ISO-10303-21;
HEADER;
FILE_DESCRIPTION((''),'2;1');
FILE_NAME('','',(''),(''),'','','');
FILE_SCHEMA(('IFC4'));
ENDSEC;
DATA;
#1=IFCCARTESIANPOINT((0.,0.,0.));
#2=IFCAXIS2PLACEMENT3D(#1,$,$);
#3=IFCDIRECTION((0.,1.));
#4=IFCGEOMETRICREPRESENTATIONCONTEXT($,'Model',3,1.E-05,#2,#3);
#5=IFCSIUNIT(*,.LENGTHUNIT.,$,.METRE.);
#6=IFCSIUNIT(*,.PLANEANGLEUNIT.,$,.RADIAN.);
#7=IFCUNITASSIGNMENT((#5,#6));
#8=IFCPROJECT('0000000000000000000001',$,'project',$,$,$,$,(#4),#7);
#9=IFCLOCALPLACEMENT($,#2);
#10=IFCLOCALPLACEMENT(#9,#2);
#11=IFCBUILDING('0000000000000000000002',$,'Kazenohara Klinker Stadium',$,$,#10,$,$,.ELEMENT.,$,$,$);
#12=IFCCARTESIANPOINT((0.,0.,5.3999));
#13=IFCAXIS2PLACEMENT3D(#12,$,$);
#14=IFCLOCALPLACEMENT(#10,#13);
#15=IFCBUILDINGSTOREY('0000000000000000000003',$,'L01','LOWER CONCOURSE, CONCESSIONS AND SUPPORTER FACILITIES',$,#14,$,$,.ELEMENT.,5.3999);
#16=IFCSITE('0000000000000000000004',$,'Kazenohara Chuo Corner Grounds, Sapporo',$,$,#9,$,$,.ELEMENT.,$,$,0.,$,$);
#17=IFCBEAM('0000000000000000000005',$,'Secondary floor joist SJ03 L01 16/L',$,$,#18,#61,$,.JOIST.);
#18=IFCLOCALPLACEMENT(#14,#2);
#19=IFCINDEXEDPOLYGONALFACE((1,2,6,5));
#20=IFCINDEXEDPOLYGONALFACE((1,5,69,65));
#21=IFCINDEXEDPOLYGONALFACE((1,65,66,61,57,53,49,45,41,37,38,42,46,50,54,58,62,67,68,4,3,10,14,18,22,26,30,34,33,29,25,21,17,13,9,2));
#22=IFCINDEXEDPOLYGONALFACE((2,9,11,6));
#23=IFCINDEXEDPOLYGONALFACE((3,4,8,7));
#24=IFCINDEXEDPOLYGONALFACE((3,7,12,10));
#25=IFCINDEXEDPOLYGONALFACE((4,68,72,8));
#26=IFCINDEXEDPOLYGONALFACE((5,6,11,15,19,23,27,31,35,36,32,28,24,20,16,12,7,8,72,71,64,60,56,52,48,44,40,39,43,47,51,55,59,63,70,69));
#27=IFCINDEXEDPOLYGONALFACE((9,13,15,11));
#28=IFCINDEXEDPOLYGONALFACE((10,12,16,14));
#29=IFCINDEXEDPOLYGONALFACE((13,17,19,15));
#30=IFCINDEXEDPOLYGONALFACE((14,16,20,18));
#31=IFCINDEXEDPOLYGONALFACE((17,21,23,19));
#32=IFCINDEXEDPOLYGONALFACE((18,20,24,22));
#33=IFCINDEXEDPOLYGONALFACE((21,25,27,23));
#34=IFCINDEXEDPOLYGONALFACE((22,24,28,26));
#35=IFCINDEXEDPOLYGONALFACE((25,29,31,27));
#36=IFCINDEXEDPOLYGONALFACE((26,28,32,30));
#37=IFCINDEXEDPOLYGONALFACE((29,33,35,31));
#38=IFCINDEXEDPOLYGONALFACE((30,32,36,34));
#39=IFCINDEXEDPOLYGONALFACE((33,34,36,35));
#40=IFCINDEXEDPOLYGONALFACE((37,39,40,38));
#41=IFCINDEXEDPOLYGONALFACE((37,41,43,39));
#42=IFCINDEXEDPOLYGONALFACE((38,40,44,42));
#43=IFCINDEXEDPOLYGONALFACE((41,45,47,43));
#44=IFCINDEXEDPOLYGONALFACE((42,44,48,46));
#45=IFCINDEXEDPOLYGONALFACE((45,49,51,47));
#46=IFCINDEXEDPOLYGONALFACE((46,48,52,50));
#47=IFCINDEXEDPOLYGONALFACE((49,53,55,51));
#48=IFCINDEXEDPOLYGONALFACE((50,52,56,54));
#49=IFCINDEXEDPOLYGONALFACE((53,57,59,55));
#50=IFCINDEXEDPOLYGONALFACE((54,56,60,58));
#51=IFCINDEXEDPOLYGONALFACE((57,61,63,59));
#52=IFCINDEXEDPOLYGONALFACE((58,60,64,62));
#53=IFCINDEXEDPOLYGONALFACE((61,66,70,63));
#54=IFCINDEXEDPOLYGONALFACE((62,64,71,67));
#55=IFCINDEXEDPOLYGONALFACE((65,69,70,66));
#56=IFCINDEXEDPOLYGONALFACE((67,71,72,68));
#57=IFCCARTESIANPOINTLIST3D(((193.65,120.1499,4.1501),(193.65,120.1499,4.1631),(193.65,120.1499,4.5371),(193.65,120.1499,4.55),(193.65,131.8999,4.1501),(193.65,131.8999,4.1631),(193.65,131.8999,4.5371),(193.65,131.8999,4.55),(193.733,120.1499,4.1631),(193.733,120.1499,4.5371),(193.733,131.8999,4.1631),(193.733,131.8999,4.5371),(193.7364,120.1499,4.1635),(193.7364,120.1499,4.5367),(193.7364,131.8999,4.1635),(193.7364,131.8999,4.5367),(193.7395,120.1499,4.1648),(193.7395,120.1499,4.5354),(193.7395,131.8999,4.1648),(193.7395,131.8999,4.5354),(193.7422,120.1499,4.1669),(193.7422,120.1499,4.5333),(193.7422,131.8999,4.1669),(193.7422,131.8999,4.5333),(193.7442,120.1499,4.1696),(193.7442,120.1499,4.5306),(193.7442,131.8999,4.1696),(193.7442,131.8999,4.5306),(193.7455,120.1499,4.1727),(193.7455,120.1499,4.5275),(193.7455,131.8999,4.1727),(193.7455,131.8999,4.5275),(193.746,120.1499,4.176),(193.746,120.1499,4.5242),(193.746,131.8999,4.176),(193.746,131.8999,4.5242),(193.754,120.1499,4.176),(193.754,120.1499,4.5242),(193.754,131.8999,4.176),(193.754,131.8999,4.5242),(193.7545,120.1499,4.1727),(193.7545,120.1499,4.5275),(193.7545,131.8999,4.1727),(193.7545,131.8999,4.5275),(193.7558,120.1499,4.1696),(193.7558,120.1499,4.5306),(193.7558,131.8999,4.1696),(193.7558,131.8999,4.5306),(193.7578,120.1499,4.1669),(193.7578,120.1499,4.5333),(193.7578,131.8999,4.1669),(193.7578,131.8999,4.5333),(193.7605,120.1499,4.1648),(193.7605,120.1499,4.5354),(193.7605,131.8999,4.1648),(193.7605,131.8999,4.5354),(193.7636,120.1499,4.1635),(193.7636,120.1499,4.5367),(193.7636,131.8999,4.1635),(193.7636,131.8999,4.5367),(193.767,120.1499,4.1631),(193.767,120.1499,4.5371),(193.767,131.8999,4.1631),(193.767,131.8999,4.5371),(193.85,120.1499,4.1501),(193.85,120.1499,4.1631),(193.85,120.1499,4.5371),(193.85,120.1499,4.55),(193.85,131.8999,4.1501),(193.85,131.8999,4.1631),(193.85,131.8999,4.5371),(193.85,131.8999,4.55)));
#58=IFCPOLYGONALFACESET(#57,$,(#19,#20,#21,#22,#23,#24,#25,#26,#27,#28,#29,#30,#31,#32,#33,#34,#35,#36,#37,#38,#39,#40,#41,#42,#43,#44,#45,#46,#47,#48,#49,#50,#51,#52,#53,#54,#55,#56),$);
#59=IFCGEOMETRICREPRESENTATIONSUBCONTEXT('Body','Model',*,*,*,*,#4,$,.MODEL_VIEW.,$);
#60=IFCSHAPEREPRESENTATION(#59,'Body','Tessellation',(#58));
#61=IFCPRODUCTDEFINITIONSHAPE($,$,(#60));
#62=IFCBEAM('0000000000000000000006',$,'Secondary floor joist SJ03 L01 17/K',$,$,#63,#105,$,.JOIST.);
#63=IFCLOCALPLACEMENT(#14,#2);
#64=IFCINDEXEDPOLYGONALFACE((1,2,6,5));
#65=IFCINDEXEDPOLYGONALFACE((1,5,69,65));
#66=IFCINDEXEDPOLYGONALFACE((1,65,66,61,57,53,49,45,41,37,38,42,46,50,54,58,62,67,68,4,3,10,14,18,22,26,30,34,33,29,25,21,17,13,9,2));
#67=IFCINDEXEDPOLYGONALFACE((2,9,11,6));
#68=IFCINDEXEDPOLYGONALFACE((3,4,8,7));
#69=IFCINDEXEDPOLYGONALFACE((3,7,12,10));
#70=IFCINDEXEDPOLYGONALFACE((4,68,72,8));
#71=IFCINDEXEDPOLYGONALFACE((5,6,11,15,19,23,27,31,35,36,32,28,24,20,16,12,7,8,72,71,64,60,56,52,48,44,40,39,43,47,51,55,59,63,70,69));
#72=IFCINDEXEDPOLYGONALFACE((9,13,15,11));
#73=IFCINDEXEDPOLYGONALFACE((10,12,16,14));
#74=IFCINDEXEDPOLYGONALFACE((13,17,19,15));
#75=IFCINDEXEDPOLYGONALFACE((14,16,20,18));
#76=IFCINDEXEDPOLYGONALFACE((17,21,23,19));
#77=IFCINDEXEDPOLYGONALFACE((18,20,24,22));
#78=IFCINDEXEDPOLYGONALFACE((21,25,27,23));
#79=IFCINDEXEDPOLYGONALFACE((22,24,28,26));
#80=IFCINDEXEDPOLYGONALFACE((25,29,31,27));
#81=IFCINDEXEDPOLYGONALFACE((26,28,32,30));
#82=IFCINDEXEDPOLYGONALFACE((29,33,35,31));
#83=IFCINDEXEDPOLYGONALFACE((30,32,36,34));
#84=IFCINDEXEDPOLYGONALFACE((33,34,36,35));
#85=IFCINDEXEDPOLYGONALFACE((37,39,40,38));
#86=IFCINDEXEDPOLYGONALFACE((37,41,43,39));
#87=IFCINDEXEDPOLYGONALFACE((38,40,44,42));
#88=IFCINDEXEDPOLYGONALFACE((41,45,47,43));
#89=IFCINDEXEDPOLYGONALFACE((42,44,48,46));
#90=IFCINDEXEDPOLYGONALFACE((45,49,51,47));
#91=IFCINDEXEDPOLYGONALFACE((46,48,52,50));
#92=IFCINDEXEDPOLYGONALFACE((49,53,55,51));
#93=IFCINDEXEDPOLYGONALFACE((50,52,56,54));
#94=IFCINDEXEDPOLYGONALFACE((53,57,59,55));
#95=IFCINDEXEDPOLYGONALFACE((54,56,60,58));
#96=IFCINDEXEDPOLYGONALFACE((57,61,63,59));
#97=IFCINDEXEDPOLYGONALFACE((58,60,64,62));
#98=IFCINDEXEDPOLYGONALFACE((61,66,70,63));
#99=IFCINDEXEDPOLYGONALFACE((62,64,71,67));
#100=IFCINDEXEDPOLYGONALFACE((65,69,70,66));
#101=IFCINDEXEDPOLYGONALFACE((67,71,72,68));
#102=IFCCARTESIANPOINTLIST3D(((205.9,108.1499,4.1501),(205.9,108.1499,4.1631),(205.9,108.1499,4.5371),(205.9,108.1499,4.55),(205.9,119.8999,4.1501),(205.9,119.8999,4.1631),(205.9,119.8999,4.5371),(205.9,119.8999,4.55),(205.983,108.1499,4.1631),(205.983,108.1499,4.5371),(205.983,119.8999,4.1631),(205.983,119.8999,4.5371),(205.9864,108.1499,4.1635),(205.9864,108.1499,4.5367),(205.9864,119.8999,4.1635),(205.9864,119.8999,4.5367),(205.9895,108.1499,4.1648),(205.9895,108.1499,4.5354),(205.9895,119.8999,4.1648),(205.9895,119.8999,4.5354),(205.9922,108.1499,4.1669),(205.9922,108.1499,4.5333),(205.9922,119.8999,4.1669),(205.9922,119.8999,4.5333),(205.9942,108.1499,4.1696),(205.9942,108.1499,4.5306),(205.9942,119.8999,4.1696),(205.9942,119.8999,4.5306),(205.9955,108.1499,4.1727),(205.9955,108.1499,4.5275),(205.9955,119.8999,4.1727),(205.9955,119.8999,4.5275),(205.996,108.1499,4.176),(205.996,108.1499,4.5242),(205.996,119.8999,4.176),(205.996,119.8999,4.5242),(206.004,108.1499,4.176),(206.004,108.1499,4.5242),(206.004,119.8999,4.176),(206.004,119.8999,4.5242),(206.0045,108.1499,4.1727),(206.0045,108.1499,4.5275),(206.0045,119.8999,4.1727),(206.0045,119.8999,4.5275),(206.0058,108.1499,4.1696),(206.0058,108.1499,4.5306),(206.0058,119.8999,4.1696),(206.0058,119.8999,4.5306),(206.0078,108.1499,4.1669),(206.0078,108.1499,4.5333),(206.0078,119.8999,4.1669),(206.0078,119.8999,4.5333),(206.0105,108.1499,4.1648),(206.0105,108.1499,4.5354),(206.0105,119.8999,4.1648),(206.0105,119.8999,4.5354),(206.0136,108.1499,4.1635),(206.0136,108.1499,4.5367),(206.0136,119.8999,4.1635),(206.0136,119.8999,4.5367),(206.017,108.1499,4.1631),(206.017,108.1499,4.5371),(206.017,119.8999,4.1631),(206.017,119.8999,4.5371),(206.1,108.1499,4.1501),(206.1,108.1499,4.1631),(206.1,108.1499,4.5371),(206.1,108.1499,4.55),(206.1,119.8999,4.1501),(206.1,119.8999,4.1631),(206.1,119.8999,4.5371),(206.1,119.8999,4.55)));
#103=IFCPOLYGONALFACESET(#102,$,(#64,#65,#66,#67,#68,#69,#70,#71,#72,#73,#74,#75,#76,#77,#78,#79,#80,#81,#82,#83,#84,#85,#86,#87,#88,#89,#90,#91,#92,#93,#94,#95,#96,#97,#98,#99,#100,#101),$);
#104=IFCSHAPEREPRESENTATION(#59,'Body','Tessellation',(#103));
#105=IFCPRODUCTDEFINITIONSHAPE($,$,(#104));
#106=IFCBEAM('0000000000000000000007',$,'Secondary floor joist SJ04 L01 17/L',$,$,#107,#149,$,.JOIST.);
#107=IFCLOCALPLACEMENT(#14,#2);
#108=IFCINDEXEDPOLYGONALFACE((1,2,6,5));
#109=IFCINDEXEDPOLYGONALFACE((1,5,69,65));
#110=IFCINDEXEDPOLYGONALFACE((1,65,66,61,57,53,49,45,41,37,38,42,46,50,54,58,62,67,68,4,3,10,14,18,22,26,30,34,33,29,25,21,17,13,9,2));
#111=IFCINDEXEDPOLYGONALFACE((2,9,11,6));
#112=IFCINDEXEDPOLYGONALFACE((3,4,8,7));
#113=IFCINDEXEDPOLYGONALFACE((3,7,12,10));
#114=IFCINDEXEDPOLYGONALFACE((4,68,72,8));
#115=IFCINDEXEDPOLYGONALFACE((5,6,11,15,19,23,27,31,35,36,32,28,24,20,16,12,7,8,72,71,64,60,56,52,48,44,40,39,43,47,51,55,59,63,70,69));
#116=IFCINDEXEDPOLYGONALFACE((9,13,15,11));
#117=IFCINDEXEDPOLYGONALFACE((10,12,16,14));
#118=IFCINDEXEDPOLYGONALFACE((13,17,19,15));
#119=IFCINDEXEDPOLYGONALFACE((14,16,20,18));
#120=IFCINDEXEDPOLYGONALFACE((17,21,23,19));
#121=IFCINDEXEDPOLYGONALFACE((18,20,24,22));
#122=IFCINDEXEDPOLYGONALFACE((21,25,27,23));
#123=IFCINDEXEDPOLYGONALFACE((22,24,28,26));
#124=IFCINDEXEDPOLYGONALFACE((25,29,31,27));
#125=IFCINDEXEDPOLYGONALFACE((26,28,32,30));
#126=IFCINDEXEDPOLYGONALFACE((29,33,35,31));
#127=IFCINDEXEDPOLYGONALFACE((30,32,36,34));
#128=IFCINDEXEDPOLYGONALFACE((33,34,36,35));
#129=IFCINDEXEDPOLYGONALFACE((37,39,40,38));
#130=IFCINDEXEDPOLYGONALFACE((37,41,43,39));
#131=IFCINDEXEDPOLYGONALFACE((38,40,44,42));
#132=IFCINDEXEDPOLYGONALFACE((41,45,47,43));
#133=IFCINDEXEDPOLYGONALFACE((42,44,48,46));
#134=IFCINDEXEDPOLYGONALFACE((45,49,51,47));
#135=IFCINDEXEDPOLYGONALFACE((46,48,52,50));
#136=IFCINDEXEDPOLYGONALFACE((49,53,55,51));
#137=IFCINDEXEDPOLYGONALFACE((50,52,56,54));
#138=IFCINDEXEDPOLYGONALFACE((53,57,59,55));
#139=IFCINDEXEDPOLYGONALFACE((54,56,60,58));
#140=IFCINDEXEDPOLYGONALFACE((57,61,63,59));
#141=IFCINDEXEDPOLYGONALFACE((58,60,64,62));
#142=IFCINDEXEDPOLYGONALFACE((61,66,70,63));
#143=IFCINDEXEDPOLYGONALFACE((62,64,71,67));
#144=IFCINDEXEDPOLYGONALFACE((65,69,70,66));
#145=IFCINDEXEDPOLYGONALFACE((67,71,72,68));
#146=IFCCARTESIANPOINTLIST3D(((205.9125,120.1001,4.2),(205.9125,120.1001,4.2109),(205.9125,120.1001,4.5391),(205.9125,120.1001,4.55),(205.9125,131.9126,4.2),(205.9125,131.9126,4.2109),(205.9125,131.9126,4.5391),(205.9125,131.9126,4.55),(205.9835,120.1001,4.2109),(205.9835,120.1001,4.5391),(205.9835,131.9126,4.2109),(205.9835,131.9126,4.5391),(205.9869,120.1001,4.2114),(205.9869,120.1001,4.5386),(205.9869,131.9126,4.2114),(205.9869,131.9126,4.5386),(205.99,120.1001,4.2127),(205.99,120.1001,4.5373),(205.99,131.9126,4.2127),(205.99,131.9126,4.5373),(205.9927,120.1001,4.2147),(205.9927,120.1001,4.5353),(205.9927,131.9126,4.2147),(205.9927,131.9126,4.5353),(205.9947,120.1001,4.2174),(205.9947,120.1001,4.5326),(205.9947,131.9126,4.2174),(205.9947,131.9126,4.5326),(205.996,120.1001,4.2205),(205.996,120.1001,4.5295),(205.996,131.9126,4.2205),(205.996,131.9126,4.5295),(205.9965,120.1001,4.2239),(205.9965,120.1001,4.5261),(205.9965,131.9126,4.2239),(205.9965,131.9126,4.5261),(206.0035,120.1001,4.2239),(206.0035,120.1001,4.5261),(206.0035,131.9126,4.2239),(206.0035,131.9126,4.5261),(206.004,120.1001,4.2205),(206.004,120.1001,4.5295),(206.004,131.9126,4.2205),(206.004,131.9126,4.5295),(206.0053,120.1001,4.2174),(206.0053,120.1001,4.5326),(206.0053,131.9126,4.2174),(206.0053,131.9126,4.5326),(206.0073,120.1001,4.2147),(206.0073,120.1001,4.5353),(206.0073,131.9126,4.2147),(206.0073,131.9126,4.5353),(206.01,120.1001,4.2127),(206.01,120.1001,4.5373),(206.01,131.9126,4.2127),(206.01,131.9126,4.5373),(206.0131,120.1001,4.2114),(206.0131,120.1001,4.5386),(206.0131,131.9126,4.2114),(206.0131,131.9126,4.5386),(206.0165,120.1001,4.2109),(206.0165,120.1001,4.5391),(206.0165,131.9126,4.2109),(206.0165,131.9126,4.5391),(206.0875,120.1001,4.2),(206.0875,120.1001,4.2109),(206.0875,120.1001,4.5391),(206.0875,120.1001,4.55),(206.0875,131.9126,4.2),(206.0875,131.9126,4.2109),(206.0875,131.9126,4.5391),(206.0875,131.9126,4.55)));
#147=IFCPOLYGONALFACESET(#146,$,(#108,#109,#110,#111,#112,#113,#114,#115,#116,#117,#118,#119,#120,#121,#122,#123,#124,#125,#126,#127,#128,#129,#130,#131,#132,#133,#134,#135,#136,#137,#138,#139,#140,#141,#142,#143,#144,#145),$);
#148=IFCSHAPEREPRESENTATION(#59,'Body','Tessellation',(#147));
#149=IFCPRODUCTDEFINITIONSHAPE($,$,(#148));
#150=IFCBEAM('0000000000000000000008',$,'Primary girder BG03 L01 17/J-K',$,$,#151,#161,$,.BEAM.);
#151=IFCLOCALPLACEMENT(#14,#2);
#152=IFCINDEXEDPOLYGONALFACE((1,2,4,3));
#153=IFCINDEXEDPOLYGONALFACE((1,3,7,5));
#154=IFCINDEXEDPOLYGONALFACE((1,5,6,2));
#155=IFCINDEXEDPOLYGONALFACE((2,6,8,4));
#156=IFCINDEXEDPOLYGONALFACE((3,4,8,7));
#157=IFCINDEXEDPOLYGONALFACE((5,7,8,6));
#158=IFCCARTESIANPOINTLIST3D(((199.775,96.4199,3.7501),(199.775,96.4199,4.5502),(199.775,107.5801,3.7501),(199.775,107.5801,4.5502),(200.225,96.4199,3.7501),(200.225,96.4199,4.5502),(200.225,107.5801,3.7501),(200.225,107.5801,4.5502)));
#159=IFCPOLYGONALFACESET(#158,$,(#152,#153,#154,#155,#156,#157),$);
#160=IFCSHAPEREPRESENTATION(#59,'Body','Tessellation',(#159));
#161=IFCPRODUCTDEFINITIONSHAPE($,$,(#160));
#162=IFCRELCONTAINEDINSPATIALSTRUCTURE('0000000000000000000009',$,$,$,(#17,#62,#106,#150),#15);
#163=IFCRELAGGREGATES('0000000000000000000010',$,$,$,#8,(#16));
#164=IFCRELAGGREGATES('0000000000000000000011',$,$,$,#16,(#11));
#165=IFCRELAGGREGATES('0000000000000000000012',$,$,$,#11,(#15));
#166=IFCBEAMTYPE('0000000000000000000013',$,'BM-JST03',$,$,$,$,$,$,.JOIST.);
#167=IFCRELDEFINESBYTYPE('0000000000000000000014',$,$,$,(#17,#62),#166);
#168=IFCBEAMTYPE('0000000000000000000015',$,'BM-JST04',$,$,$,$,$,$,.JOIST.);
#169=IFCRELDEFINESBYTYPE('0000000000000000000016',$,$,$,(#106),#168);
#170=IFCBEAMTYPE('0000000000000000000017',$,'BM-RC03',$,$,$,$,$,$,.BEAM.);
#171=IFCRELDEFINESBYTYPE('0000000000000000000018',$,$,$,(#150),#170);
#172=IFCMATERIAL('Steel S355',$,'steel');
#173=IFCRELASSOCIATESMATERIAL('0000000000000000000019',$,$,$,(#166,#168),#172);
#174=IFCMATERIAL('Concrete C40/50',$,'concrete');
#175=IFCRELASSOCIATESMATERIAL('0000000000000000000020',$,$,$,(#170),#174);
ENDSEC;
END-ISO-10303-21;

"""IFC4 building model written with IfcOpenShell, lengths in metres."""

from ifc_helpers import new_model, si_unit, direction, frame, origin, origin_2d, place, context, subcontext, project, spatial, rectangle, i_section, extrude, material, material_profile, profile_set, type_object, element, save


model = new_model("IFC4")

# Units and contexts
model_context = context("Model", 3, precision=1e-05, world=origin(), true_north=direction((0.0, 1.0)))
body_context = subcontext(model_context, "Body", "Model", "MODEL_VIEW")
ifc_project = project(units=[si_unit("LENGTHUNIT", "METRE"), si_unit("PLANEANGLEUNIT", "RADIAN")], contexts=[model_context])

# Site, building, storey
site_placement = place(None, origin())
site = spatial("IfcSite", under=ifc_project, at=site_placement, Name="Kazenohara Chuo Corner Grounds, Sapporo", CompositionType="ELEMENT", RefElevation=0.0)
building_placement = place(site_placement, origin())
building = spatial("IfcBuilding", under=site, at=building_placement, Name="Kazenohara Klinker Stadium", CompositionType="ELEMENT")
storey_placement = place(building_placement, frame((0.0, 0.0, 5.3999)))
storey = spatial("IfcBuildingStorey", under=building, at=storey_placement, Name="L01", Description="LOWER CONCOURSE, CONCESSIONS AND SUPPORTER FACILITIES", CompositionType="ELEMENT", Elevation=5.3999)

# Shared definitions
ifc_material_1 = material(Name="Concrete C40/50", Category="concrete")

# Beams
ifc_material_2 = material(Name="Steel S355", Category="steel")
ifc_material_profile_1 = material_profile(ifc_material_2, i_section(OverallWidth=0.2, OverallDepth=0.3999, WebThickness=0.0081, FlangeThickness=0.0129, FilletRadius=0.0129, at=origin_2d()), Name="H-400x200x8x13")
ifc_profile_set_1 = profile_set([ifc_material_profile_1], Name="Steel S355")
beam_type_1 = type_object("IfcBeamType", Name="BM-JST03", PredefinedType="JOIST", material=ifc_profile_set_1)
for number, where, z_axis, x_axis, name in (
    (1, (193.75, 120.1499, 4.3501), (0.0, 1.0, 0.0), (-1.0, 0.0, 0.0), "Secondary floor joist SJ03 L01 16/L"),
    (2, (206.0, 108.1499, 4.3501), (0.0, 1.0, 0.0), (-1.0, 0.0, 0.0), "Secondary floor joist SJ03 L01 17/K"),
):
    element("IfcBeam", number, at=place(storey_placement, frame(where, z_axis=z_axis, x_axis=x_axis)), inside=storey, type_object=beam_type_1, Name=name, PredefinedType="JOIST", context=body_context, shape_type="SweptSolid", body=[
        extrude(i_section(OverallWidth=0.2, OverallDepth=0.3999, WebThickness=0.0081, FlangeThickness=0.0129, FilletRadius=0.0129, at=origin_2d()), origin(), (0.0, 0.0, 1.0), 11.75),
    ])
ifc_material_profile_2 = material_profile(ifc_material_2, i_section(OverallWidth=0.175, OverallDepth=0.3501, WebThickness=0.0071, FlangeThickness=0.011, FilletRadius=0.0129, at=origin_2d()), Name="H-350x175x7x11")
ifc_profile_set_2 = profile_set([ifc_material_profile_2], Name="Steel S355")
beam_type_2 = type_object("IfcBeamType", Name="BM-JST04", PredefinedType="JOIST", material=ifc_profile_set_2)
beam_1_placement = place(storey_placement, frame((206.0, 120.1001, 4.375), z_axis=(0.0, 1.0, 0.0), x_axis=(-1.0, 0.0, 0.0)))
element("IfcBeam", 3, at=beam_1_placement, inside=storey, type_object=beam_type_2, Name="Secondary floor joist SJ04 L01 17/L", PredefinedType="JOIST", context=body_context, shape_type="SweptSolid", body=[
    extrude(i_section(OverallWidth=0.175, OverallDepth=0.3501, WebThickness=0.0071, FlangeThickness=0.011, FilletRadius=0.0129, at=origin_2d()), origin(), (0.0, 0.0, 1.0), 11.8125),
])
ifc_material_profile_3 = material_profile(ifc_material_1, rectangle(XDim=0.45, YDim=0.8, at=origin_2d()), Name="RC-BM-450x800")
ifc_profile_set_3 = profile_set([ifc_material_profile_3], Name="Concrete C40/50")
beam_type_3 = type_object("IfcBeamType", Name="BM-RC03", PredefinedType="BEAM", material=ifc_profile_set_3)
beam_2_placement = place(storey_placement, frame((200.0, 96.4199, 4.1501), z_axis=(0.0, 1.0, 0.0), x_axis=(-1.0, 0.0, 0.0)))
element("IfcBeam", 4, at=beam_2_placement, inside=storey, type_object=beam_type_3, Name="Primary girder BG03 L01 17/J-K", PredefinedType="BEAM", context=body_context, shape_type="SweptSolid", body=[
    extrude(rectangle(XDim=0.45, YDim=0.8, at=origin_2d()), origin(), (0.0, 0.0, 1.0), 11.1602),
])

save(model, "model.ifc")
